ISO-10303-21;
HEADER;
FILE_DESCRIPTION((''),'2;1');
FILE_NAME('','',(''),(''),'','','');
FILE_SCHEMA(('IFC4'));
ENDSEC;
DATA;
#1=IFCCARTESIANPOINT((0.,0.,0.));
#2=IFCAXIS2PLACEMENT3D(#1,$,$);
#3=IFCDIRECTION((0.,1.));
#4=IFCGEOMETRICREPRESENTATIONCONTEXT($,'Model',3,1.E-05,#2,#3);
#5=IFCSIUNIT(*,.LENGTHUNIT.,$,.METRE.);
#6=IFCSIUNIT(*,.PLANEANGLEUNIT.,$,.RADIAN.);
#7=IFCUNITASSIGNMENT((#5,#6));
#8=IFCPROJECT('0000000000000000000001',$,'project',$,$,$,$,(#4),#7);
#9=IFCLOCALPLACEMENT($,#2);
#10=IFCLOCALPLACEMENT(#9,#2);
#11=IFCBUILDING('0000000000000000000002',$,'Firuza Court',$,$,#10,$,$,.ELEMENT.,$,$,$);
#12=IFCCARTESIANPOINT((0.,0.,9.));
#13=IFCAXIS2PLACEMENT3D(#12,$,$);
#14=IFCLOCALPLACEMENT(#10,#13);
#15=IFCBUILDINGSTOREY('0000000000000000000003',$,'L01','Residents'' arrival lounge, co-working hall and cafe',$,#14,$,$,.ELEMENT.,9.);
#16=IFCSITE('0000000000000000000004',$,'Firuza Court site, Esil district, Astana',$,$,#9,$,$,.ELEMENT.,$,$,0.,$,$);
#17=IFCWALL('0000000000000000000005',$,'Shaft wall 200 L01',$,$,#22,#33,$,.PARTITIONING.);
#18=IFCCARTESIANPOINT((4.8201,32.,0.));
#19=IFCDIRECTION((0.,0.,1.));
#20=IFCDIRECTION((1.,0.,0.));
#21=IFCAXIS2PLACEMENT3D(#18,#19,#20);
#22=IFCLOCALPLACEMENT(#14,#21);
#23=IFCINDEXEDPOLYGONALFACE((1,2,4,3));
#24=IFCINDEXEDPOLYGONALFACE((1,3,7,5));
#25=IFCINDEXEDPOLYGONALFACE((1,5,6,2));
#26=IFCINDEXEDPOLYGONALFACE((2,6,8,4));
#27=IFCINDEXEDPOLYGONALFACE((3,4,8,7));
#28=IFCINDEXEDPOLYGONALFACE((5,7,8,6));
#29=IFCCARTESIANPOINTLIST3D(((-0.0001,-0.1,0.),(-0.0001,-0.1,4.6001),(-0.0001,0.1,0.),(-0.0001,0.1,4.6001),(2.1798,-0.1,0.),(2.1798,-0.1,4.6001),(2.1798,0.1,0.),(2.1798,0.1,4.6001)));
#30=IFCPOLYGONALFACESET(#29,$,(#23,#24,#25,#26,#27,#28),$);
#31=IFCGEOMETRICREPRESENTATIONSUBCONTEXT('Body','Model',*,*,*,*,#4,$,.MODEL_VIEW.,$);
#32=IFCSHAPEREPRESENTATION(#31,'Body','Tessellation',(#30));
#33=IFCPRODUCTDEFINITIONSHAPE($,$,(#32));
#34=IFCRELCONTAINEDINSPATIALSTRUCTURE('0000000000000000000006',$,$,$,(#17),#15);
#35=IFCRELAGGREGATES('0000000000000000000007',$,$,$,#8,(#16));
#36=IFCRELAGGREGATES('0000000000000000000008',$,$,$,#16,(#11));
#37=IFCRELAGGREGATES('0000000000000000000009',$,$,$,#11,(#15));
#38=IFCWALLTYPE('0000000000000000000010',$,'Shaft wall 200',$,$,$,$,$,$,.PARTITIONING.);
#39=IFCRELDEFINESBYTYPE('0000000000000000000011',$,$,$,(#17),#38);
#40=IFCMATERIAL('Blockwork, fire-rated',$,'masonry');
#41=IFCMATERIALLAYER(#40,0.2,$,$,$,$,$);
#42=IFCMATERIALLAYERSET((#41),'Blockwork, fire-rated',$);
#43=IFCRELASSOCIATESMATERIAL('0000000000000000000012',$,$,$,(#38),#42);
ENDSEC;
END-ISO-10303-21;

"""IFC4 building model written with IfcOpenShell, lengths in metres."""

from ifc_helpers import new_model, si_unit, direction, frame, frame_2d, origin, place, context, subcontext, project, spatial, rectangle, extrude, material, layer, layer_set, type_object, element, save


model = new_model("IFC4")

# Units and contexts
model_context = context("Model", 3, precision=1e-05, world=origin(), true_north=direction((0.0, 1.0)))
body_context = subcontext(model_context, "Body", "Model", "MODEL_VIEW")
ifc_project = project(units=[si_unit("LENGTHUNIT", "METRE"), si_unit("PLANEANGLEUNIT", "RADIAN")], contexts=[model_context])

# Site, building, storey
site_placement = place(None, origin())
site = spatial("IfcSite", under=ifc_project, at=site_placement, Name="Firuza Court site, Esil district, Astana", CompositionType="ELEMENT", RefElevation=0.0)
building_placement = place(site_placement, origin())
building = spatial("IfcBuilding", under=site, at=building_placement, Name="Firuza Court", CompositionType="ELEMENT")
storey_placement = place(building_placement, frame((0.0, 0.0, 9.0)))
storey = spatial("IfcBuildingStorey", under=building, at=storey_placement, Name="L01", Description="Residents' arrival lounge, co-working hall and cafe", CompositionType="ELEMENT", Elevation=9.0)

# Wall
ifc_material_1 = material(Name="Blockwork, fire-rated", Category="masonry")
ifc_layer_1 = layer(ifc_material_1, 0.2)
ifc_layer_set_1 = layer_set([ifc_layer_1], Name="Blockwork, fire-rated")
wall_type_1 = type_object("IfcWallType", Name="Shaft wall 200", PredefinedType="PARTITIONING", material=ifc_layer_set_1)
wall_1_placement = place(storey_placement, frame((4.8201, 32.0, 0.0), z_axis=(0.0, 0.0, 1.0), x_axis=(1.0, 0.0, 0.0)))
element("IfcWall", 1, at=wall_1_placement, inside=storey, type_object=wall_type_1, Name="Shaft wall 200 L01", PredefinedType="PARTITIONING", context=body_context, shape_type="SweptSolid", body=[
    extrude(rectangle(XDim=2.1799, YDim=0.2, at=frame_2d((1.0898, 0.0))), origin(), (0.0, 0.0, 1.0), 4.6001),
])

save(model, "model.ifc")
